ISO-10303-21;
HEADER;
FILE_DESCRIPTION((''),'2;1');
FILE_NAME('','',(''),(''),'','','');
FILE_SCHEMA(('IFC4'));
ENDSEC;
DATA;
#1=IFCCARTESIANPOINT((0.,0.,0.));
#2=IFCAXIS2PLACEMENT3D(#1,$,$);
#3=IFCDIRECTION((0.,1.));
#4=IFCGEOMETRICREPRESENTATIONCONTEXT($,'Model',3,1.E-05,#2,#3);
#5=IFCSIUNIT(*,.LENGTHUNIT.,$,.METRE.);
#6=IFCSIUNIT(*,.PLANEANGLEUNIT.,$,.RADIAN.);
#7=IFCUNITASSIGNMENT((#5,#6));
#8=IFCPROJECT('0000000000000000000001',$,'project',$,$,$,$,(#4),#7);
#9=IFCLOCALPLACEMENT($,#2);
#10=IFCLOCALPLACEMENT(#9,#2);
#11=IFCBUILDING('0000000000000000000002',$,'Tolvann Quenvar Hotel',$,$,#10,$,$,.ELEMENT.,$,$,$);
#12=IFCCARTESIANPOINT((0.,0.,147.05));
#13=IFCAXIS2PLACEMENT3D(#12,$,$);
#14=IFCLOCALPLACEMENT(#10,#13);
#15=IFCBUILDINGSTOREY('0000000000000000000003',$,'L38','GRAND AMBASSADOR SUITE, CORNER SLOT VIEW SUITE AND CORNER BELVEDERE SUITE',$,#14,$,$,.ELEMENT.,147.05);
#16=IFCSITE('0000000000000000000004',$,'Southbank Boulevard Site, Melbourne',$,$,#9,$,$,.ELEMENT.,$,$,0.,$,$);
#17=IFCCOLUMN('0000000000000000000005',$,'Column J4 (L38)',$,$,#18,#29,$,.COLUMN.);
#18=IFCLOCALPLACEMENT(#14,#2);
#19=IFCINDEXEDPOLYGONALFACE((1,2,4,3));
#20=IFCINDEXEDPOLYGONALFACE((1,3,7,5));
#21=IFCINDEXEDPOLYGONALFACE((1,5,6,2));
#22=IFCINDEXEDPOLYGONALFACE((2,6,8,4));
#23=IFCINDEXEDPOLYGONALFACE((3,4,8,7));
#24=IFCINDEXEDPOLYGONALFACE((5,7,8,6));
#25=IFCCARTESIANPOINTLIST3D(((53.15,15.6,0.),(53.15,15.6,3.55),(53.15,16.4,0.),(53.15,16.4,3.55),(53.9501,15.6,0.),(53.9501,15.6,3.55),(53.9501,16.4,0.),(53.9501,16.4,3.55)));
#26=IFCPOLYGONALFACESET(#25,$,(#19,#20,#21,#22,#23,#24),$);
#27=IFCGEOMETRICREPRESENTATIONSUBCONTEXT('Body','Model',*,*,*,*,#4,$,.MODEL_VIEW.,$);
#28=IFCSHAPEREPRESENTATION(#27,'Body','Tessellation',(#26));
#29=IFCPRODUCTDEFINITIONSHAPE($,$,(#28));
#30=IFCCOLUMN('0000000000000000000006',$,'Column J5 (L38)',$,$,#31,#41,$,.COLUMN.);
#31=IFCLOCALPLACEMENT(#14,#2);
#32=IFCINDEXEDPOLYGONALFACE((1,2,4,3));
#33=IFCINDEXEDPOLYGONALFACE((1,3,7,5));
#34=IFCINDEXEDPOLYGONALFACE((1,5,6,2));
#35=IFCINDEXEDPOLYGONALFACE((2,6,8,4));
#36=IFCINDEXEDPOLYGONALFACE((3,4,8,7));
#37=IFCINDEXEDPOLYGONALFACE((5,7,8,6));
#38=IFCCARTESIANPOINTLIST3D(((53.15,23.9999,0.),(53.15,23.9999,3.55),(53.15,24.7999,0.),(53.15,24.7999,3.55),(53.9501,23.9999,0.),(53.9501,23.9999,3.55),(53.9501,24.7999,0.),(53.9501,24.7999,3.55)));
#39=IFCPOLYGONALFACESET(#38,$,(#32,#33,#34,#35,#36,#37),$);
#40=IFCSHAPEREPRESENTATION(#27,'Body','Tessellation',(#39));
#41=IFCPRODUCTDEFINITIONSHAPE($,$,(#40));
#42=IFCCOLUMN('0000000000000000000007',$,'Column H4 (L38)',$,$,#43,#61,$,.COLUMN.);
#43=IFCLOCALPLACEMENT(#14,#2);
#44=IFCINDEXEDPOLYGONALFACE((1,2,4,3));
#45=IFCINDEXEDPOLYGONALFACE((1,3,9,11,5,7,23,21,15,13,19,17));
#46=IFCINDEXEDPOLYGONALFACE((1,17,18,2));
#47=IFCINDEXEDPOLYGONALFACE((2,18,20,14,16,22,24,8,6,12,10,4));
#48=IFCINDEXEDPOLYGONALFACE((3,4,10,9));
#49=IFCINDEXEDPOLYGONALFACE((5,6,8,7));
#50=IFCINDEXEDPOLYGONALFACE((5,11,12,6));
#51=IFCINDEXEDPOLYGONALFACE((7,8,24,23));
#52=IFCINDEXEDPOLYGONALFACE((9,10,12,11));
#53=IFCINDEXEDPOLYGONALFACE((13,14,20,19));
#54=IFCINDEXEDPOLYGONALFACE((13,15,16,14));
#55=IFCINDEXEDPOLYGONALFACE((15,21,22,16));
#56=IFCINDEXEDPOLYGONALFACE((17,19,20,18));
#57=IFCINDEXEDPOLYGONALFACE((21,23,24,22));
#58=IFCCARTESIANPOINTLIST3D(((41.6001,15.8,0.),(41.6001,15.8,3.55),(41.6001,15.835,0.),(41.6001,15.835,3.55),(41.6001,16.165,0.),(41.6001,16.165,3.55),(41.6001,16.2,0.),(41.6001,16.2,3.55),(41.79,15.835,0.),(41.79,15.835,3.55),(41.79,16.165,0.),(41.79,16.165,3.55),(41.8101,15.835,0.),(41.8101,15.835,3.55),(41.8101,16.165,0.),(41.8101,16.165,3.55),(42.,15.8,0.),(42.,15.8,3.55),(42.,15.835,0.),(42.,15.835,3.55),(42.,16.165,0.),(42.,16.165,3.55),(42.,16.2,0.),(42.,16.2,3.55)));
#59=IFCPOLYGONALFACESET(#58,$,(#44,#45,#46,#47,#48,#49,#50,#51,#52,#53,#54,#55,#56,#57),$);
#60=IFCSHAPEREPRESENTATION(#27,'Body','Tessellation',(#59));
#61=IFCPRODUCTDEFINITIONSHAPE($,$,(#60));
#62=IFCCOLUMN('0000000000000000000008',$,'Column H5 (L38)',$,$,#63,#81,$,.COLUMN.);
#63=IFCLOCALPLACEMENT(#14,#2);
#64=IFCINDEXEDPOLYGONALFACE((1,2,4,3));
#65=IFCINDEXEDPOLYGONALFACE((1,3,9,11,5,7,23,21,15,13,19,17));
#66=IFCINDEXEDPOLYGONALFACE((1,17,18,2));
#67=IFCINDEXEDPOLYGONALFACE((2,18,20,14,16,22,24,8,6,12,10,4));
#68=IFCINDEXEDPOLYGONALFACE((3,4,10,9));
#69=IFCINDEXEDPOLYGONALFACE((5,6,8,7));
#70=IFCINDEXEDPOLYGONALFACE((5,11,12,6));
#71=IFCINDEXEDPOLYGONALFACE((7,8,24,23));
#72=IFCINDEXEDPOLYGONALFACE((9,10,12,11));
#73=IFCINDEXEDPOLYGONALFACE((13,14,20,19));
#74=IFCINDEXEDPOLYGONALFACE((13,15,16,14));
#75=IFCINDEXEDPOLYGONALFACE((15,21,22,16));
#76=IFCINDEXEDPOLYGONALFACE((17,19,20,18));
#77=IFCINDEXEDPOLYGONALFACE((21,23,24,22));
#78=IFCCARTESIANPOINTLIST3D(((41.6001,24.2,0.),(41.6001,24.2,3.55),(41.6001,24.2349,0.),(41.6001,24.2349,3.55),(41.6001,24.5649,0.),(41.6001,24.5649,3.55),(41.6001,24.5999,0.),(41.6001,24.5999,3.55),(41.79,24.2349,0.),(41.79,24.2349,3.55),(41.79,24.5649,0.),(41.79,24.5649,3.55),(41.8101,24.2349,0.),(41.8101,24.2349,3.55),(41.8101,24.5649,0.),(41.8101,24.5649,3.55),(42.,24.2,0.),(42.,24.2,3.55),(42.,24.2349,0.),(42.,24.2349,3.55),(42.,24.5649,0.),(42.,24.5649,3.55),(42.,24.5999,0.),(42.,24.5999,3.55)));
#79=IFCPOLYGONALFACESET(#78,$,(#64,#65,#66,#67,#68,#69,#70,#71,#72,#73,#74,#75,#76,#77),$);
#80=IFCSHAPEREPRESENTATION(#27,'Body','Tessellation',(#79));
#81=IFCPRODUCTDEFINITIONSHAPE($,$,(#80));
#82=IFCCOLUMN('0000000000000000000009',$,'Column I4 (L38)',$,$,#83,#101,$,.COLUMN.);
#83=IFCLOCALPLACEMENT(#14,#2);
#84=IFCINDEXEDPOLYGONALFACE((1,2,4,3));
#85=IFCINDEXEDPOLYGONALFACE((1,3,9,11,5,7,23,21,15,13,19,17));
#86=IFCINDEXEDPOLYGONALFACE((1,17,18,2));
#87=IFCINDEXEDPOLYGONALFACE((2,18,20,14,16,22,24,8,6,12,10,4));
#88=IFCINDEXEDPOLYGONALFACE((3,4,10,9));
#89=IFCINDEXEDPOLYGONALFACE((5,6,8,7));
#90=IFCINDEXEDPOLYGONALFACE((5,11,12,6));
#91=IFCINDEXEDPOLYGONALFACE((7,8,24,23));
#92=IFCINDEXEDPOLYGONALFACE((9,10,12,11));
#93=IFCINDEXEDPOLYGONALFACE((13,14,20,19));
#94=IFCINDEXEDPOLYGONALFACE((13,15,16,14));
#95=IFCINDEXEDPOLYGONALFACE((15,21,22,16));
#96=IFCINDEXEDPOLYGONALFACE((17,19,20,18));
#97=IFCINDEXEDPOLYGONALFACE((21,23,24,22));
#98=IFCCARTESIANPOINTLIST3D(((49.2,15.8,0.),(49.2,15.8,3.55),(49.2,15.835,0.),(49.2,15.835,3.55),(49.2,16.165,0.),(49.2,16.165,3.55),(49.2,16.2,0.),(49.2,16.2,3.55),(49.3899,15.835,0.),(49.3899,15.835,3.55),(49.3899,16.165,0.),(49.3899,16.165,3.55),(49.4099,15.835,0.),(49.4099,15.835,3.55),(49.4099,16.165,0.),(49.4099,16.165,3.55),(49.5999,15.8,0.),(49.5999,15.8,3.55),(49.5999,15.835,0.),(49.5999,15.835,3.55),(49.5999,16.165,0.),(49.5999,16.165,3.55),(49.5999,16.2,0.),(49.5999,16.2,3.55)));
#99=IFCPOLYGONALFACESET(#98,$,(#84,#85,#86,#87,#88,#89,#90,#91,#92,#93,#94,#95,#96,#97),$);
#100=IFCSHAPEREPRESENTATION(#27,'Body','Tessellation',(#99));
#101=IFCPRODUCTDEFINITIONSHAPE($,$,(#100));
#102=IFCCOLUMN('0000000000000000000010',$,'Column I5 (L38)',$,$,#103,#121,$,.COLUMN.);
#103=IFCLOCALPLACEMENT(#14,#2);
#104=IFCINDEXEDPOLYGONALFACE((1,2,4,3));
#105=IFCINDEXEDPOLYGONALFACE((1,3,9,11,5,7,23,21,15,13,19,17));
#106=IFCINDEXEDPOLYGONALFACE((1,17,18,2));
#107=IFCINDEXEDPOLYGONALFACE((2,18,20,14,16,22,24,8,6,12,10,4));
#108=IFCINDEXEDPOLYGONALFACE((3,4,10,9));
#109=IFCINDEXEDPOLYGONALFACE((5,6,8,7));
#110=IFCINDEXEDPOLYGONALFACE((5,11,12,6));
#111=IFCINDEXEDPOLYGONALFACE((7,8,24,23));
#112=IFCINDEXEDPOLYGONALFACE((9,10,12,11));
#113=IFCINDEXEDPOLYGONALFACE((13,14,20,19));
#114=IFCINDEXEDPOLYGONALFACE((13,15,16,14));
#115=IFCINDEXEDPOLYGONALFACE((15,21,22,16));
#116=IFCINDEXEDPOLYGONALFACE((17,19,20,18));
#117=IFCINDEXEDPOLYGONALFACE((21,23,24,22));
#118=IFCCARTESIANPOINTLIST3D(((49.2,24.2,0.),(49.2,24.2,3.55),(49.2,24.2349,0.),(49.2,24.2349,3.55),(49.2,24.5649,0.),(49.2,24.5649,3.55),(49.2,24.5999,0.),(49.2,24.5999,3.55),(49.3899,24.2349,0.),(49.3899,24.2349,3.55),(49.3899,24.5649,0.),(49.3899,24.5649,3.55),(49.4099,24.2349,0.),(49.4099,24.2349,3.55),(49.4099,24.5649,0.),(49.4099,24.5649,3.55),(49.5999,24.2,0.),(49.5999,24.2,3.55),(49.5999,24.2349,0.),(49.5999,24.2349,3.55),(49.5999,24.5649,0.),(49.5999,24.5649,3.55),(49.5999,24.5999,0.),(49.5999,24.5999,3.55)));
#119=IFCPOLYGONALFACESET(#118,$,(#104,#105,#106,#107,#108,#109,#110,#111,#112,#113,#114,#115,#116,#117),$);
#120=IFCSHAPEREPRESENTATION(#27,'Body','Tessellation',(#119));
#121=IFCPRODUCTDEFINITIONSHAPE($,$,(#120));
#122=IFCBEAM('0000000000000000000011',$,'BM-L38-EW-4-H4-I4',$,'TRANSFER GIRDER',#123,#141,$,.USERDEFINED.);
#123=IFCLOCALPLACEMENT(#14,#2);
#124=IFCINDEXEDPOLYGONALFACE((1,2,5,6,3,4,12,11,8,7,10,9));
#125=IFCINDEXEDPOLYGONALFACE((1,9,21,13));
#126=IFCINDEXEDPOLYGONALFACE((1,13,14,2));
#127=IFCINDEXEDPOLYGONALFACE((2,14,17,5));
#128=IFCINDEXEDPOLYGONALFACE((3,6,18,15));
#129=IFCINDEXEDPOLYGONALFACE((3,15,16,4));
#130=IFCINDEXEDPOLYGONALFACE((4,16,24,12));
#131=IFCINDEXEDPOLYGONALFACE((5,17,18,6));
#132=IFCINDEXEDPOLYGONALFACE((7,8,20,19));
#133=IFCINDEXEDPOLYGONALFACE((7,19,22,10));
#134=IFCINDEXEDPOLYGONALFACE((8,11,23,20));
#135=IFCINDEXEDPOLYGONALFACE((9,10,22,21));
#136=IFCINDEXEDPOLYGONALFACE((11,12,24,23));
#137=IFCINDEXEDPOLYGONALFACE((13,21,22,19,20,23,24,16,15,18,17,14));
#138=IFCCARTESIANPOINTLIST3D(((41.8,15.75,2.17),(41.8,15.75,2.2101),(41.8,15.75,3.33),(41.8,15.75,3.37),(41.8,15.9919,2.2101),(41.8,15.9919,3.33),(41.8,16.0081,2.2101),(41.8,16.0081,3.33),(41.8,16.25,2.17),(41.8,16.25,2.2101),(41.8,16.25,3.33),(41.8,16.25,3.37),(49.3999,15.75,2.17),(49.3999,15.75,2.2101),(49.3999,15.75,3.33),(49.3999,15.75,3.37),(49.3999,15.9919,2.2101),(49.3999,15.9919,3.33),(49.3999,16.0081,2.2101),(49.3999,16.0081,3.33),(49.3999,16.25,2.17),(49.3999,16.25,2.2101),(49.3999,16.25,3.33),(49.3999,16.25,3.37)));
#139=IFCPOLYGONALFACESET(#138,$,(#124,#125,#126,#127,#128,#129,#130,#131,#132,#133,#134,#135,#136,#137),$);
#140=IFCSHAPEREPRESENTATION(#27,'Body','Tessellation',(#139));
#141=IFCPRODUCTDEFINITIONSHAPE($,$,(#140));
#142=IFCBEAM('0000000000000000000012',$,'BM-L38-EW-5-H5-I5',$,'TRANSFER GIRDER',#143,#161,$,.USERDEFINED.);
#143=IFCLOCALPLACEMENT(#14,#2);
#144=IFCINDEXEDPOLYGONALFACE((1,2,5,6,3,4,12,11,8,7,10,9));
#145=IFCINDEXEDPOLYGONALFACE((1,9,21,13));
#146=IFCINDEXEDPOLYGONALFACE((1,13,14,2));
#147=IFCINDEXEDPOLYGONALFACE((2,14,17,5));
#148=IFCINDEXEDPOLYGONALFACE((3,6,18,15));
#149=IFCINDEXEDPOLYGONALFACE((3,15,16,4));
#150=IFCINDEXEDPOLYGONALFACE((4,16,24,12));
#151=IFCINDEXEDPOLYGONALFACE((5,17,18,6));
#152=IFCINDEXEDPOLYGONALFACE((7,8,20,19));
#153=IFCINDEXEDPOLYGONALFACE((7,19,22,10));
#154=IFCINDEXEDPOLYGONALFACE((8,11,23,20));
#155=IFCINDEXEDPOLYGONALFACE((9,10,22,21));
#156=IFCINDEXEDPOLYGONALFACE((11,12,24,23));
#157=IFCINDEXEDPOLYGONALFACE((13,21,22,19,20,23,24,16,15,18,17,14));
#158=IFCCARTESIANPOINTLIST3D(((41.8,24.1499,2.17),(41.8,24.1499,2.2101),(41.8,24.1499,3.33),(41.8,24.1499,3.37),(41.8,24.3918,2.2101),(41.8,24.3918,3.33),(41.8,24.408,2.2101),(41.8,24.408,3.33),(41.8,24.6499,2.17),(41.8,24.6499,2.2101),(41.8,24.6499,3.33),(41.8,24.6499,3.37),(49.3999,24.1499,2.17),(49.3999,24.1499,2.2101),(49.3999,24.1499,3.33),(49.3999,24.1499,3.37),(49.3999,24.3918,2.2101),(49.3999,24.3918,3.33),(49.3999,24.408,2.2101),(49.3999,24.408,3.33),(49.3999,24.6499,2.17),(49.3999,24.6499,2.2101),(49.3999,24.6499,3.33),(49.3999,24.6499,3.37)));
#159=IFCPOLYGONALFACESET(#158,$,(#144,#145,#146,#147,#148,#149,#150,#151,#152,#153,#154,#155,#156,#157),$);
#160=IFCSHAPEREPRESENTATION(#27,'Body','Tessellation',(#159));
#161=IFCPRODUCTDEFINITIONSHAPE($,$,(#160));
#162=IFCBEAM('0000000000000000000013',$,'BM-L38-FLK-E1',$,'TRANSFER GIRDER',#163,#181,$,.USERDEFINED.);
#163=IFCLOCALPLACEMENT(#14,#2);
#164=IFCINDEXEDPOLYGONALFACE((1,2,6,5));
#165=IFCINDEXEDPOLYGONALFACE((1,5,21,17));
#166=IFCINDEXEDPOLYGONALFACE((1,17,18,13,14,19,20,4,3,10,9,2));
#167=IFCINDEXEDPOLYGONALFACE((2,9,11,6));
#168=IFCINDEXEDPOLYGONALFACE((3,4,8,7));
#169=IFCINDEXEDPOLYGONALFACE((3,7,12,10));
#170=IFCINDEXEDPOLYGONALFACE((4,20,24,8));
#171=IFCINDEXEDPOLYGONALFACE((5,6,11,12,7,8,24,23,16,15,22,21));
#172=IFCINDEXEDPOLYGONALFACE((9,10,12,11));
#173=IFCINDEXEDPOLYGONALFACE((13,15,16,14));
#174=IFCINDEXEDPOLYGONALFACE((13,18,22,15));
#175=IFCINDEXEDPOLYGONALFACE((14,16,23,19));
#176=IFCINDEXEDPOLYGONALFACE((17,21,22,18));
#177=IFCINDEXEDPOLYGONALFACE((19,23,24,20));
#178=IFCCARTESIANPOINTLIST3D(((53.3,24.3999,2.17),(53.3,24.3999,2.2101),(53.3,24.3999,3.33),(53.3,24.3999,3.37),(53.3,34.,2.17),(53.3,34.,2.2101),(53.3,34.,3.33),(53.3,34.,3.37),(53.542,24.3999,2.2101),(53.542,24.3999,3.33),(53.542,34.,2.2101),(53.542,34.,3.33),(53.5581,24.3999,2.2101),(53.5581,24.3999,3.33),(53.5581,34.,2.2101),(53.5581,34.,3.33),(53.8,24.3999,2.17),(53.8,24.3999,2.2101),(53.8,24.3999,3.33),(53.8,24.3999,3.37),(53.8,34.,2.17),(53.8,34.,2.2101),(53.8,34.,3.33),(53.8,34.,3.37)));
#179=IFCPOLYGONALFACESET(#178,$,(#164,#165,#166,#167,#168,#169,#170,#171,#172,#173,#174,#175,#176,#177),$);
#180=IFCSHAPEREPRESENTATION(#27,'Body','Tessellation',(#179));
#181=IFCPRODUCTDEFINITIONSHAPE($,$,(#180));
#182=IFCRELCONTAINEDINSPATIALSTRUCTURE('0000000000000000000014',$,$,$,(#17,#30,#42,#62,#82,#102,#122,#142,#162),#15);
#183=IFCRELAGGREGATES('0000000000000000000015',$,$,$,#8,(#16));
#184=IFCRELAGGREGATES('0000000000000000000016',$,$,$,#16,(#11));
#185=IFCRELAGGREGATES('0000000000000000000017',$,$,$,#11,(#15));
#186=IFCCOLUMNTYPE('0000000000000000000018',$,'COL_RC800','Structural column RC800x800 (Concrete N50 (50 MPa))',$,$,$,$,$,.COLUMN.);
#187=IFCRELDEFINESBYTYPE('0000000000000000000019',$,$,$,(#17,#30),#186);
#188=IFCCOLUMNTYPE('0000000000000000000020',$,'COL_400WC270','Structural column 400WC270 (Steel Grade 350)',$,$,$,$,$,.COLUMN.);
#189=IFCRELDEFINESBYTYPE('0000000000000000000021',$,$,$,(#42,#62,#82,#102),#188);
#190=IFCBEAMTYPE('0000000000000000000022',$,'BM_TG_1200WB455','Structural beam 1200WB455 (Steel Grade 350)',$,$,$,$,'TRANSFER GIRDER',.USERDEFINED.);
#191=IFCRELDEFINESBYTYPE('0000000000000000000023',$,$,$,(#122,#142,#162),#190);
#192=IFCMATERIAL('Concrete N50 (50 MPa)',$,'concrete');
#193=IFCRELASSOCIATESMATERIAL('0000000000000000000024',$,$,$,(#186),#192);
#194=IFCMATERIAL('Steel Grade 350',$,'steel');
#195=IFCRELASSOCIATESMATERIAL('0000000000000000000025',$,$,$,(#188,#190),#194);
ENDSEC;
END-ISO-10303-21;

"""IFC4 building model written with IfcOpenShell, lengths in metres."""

from ifc_helpers import new_model, si_unit, direction, frame, origin, origin_2d, place, context, subcontext, project, spatial, rectangle, i_section, extrude, source, transform, mapped, material, material_profile, profile_set, type_object, type_shapes, element, save


model = new_model("IFC4")

# Units and contexts
model_context = context("Model", 3, precision=1e-05, world=origin(), true_north=direction((0.0, 1.0)))
body_context = subcontext(model_context, "Body", "Model", "MODEL_VIEW")
ifc_project = project(units=[si_unit("LENGTHUNIT", "METRE"), si_unit("PLANEANGLEUNIT", "RADIAN")], contexts=[model_context])

# Site, building, storey
site_placement = place(None, origin())
site = spatial("IfcSite", under=ifc_project, at=site_placement, Name="Southbank Boulevard Site, Melbourne", CompositionType="ELEMENT", RefElevation=0.0)
building_placement = place(site_placement, origin())
building = spatial("IfcBuilding", under=site, at=building_placement, Name="Tolvann Quenvar Hotel", CompositionType="ELEMENT")
storey_placement = place(building_placement, frame((0.0, 0.0, 147.05)))
storey = spatial("IfcBuildingStorey", under=building, at=storey_placement, Name="L38", Description="GRAND AMBASSADOR SUITE, CORNER SLOT VIEW SUITE AND CORNER BELVEDERE SUITE", CompositionType="ELEMENT", Elevation=147.05)

# Columns
ifc_material_1 = material(Name="Concrete N50 (50 MPa)", Category="concrete")
ifc_material_profile_1 = material_profile(ifc_material_1, rectangle(XDim=0.8, YDim=0.8, at=origin_2d()), Name="RC800x800")
ifc_profile_set_1 = profile_set([ifc_material_profile_1], Name="Concrete N50 (50 MPa)")
column_type_1 = type_object("IfcColumnType", Name="COL_RC800", Description="Structural column RC800x800 (Concrete N50 (50 MPa))", PredefinedType="COLUMN", material=ifc_profile_set_1)
shared_shape_1 = source(origin(), body_context, "Body", "SweptSolid", [
    extrude(rectangle(XDim=0.8, YDim=0.8, at=origin_2d()), origin(), (0.0, 0.0, 1.0), 3.55),
])
type_shapes(column_type_1, [shared_shape_1])
for number, where, z_axis, x_axis, name in (
    (1, (53.55, 16.0, 0.0), (0.0, 0.0, 1.0), (1.0, 0.0, 0.0), "Column J4 (L38)"),
    (2, (53.55, 24.3999, 0.0), (0.0, 0.0, 1.0), (1.0, 0.0, 0.0), "Column J5 (L38)"),
):
    element("IfcColumn", number, at=place(storey_placement, frame(where, z_axis=z_axis, x_axis=x_axis)), inside=storey, type_object=column_type_1, Name=name, PredefinedType="COLUMN", context=body_context, shape_type="MappedRepresentation", body=[
        mapped(shared_shape_1, transform((0.0, 0.0, 0.0), x_axis=(1.0, 0.0, 0.0), y_axis=(0.0, 1.0, 0.0), z_axis=(0.0, 0.0, 1.0), scale=1.0)),
    ])
ifc_material_2 = material(Name="Steel Grade 350", Category="steel")
ifc_material_profile_2 = material_profile(ifc_material_2, i_section(OverallWidth=0.3999, OverallDepth=0.3999, WebThickness=0.02, FlangeThickness=0.0349, at=origin_2d()), Name="400WC270")
ifc_profile_set_2 = profile_set([ifc_material_profile_2], Name="Steel Grade 350")
column_type_2 = type_object("IfcColumnType", Name="COL_400WC270", Description="Structural column 400WC270 (Steel Grade 350)", PredefinedType="COLUMN", material=ifc_profile_set_2)
shared_shape_2 = source(origin(), body_context, "Body", "SweptSolid", [
    extrude(i_section(OverallWidth=0.3999, OverallDepth=0.3999, WebThickness=0.02, FlangeThickness=0.0349, at=origin_2d()), origin(), (0.0, 0.0, 1.0), 3.55),
])
type_shapes(column_type_2, [shared_shape_2])
for number, where, z_axis, x_axis, name in (
    (3, (41.8, 16.0, 0.0), (0.0, 0.0, 1.0), (1.0, 0.0, 0.0), "Column H4 (L38)"),
    (4, (41.8, 24.3999, 0.0), (0.0, 0.0, 1.0), (1.0, 0.0, 0.0), "Column H5 (L38)"),
    (5, (49.3999, 16.0, 0.0), (0.0, 0.0, 1.0), (1.0, 0.0, 0.0), "Column I4 (L38)"),
    (6, (49.3999, 24.3999, 0.0), (0.0, 0.0, 1.0), (1.0, 0.0, 0.0), "Column I5 (L38)"),
):
    element("IfcColumn", number, at=place(storey_placement, frame(where, z_axis=z_axis, x_axis=x_axis)), inside=storey, type_object=column_type_2, Name=name, PredefinedType="COLUMN", context=body_context, shape_type="MappedRepresentation", body=[
        mapped(shared_shape_2, transform((0.0, 0.0, 0.0), x_axis=(1.0, 0.0, 0.0), y_axis=(0.0, 1.0, 0.0), z_axis=(0.0, 0.0, 1.0), scale=1.0)),
    ])

# Beams
ifc_material_profile_3 = material_profile(ifc_material_2, i_section(OverallWidth=0.5, OverallDepth=1.2, WebThickness=0.0161, FlangeThickness=0.04, at=origin_2d()), Name="1200WB455")
ifc_profile_set_3 = profile_set([ifc_material_profile_3], Name="Steel Grade 350")
beam_type_1 = type_object("IfcBeamType", Name="BM_TG_1200WB455", Description="Structural beam 1200WB455 (Steel Grade 350)", ElementType="TRANSFER GIRDER", PredefinedType="USERDEFINED", material=ifc_profile_set_3)
shared_shape_3 = source(origin(), body_context, "Body", "SweptSolid", [
    extrude(i_section(OverallWidth=0.5, OverallDepth=1.2, WebThickness=0.0161, FlangeThickness=0.04, at=origin_2d()), origin(), (0.0, 0.0, 1.0), 7.5999),
])
for number, where, z_axis, x_axis, name in (
    (7, (41.8, 16.0, 2.77), (1.0, 0.0, 0.0), (0.0, 1.0, 0.0), "BM-L38-EW-4-H4-I4"),
    (8, (41.8, 24.3999, 2.77), (1.0, 0.0, 0.0), (0.0, 1.0, 0.0), "BM-L38-EW-5-H5-I5"),
):
    element("IfcBeam", number, at=place(storey_placement, frame(where, z_axis=z_axis, x_axis=x_axis)), inside=storey, type_object=beam_type_1, Name=name, ObjectType="TRANSFER GIRDER", PredefinedType="USERDEFINED", context=body_context, shape_type="MappedRepresentation", body=[
        mapped(shared_shape_3, transform((0.0, 0.0, 0.0), x_axis=(1.0, 0.0, 0.0), y_axis=(0.0, 1.0, 0.0), z_axis=(0.0, 0.0, 1.0), scale=1.0)),
    ])
shared_shape_4 = source(origin(), body_context, "Body", "SweptSolid", [
    extrude(i_section(OverallWidth=0.5, OverallDepth=1.2, WebThickness=0.0161, FlangeThickness=0.04, at=origin_2d()), origin(), (0.0, 0.0, 1.0), 9.6001),
])
beam_1_placement = place(storey_placement, frame((53.55, 24.3999, 2.77), z_axis=(0.0, 1.0, 0.0), x_axis=(-1.0, 0.0, 0.0)))
element("IfcBeam", 9, at=beam_1_placement, inside=storey, type_object=beam_type_1, Name="BM-L38-FLK-E1", ObjectType="TRANSFER GIRDER", PredefinedType="USERDEFINED", context=body_context, shape_type="MappedRepresentation", body=[
    mapped(shared_shape_4, transform((0.0, 0.0, 0.0), x_axis=(1.0, 0.0, 0.0), y_axis=(0.0, 1.0, 0.0), z_axis=(0.0, 0.0, 1.0), scale=1.0)),
])

save(model, "model.ifc")
